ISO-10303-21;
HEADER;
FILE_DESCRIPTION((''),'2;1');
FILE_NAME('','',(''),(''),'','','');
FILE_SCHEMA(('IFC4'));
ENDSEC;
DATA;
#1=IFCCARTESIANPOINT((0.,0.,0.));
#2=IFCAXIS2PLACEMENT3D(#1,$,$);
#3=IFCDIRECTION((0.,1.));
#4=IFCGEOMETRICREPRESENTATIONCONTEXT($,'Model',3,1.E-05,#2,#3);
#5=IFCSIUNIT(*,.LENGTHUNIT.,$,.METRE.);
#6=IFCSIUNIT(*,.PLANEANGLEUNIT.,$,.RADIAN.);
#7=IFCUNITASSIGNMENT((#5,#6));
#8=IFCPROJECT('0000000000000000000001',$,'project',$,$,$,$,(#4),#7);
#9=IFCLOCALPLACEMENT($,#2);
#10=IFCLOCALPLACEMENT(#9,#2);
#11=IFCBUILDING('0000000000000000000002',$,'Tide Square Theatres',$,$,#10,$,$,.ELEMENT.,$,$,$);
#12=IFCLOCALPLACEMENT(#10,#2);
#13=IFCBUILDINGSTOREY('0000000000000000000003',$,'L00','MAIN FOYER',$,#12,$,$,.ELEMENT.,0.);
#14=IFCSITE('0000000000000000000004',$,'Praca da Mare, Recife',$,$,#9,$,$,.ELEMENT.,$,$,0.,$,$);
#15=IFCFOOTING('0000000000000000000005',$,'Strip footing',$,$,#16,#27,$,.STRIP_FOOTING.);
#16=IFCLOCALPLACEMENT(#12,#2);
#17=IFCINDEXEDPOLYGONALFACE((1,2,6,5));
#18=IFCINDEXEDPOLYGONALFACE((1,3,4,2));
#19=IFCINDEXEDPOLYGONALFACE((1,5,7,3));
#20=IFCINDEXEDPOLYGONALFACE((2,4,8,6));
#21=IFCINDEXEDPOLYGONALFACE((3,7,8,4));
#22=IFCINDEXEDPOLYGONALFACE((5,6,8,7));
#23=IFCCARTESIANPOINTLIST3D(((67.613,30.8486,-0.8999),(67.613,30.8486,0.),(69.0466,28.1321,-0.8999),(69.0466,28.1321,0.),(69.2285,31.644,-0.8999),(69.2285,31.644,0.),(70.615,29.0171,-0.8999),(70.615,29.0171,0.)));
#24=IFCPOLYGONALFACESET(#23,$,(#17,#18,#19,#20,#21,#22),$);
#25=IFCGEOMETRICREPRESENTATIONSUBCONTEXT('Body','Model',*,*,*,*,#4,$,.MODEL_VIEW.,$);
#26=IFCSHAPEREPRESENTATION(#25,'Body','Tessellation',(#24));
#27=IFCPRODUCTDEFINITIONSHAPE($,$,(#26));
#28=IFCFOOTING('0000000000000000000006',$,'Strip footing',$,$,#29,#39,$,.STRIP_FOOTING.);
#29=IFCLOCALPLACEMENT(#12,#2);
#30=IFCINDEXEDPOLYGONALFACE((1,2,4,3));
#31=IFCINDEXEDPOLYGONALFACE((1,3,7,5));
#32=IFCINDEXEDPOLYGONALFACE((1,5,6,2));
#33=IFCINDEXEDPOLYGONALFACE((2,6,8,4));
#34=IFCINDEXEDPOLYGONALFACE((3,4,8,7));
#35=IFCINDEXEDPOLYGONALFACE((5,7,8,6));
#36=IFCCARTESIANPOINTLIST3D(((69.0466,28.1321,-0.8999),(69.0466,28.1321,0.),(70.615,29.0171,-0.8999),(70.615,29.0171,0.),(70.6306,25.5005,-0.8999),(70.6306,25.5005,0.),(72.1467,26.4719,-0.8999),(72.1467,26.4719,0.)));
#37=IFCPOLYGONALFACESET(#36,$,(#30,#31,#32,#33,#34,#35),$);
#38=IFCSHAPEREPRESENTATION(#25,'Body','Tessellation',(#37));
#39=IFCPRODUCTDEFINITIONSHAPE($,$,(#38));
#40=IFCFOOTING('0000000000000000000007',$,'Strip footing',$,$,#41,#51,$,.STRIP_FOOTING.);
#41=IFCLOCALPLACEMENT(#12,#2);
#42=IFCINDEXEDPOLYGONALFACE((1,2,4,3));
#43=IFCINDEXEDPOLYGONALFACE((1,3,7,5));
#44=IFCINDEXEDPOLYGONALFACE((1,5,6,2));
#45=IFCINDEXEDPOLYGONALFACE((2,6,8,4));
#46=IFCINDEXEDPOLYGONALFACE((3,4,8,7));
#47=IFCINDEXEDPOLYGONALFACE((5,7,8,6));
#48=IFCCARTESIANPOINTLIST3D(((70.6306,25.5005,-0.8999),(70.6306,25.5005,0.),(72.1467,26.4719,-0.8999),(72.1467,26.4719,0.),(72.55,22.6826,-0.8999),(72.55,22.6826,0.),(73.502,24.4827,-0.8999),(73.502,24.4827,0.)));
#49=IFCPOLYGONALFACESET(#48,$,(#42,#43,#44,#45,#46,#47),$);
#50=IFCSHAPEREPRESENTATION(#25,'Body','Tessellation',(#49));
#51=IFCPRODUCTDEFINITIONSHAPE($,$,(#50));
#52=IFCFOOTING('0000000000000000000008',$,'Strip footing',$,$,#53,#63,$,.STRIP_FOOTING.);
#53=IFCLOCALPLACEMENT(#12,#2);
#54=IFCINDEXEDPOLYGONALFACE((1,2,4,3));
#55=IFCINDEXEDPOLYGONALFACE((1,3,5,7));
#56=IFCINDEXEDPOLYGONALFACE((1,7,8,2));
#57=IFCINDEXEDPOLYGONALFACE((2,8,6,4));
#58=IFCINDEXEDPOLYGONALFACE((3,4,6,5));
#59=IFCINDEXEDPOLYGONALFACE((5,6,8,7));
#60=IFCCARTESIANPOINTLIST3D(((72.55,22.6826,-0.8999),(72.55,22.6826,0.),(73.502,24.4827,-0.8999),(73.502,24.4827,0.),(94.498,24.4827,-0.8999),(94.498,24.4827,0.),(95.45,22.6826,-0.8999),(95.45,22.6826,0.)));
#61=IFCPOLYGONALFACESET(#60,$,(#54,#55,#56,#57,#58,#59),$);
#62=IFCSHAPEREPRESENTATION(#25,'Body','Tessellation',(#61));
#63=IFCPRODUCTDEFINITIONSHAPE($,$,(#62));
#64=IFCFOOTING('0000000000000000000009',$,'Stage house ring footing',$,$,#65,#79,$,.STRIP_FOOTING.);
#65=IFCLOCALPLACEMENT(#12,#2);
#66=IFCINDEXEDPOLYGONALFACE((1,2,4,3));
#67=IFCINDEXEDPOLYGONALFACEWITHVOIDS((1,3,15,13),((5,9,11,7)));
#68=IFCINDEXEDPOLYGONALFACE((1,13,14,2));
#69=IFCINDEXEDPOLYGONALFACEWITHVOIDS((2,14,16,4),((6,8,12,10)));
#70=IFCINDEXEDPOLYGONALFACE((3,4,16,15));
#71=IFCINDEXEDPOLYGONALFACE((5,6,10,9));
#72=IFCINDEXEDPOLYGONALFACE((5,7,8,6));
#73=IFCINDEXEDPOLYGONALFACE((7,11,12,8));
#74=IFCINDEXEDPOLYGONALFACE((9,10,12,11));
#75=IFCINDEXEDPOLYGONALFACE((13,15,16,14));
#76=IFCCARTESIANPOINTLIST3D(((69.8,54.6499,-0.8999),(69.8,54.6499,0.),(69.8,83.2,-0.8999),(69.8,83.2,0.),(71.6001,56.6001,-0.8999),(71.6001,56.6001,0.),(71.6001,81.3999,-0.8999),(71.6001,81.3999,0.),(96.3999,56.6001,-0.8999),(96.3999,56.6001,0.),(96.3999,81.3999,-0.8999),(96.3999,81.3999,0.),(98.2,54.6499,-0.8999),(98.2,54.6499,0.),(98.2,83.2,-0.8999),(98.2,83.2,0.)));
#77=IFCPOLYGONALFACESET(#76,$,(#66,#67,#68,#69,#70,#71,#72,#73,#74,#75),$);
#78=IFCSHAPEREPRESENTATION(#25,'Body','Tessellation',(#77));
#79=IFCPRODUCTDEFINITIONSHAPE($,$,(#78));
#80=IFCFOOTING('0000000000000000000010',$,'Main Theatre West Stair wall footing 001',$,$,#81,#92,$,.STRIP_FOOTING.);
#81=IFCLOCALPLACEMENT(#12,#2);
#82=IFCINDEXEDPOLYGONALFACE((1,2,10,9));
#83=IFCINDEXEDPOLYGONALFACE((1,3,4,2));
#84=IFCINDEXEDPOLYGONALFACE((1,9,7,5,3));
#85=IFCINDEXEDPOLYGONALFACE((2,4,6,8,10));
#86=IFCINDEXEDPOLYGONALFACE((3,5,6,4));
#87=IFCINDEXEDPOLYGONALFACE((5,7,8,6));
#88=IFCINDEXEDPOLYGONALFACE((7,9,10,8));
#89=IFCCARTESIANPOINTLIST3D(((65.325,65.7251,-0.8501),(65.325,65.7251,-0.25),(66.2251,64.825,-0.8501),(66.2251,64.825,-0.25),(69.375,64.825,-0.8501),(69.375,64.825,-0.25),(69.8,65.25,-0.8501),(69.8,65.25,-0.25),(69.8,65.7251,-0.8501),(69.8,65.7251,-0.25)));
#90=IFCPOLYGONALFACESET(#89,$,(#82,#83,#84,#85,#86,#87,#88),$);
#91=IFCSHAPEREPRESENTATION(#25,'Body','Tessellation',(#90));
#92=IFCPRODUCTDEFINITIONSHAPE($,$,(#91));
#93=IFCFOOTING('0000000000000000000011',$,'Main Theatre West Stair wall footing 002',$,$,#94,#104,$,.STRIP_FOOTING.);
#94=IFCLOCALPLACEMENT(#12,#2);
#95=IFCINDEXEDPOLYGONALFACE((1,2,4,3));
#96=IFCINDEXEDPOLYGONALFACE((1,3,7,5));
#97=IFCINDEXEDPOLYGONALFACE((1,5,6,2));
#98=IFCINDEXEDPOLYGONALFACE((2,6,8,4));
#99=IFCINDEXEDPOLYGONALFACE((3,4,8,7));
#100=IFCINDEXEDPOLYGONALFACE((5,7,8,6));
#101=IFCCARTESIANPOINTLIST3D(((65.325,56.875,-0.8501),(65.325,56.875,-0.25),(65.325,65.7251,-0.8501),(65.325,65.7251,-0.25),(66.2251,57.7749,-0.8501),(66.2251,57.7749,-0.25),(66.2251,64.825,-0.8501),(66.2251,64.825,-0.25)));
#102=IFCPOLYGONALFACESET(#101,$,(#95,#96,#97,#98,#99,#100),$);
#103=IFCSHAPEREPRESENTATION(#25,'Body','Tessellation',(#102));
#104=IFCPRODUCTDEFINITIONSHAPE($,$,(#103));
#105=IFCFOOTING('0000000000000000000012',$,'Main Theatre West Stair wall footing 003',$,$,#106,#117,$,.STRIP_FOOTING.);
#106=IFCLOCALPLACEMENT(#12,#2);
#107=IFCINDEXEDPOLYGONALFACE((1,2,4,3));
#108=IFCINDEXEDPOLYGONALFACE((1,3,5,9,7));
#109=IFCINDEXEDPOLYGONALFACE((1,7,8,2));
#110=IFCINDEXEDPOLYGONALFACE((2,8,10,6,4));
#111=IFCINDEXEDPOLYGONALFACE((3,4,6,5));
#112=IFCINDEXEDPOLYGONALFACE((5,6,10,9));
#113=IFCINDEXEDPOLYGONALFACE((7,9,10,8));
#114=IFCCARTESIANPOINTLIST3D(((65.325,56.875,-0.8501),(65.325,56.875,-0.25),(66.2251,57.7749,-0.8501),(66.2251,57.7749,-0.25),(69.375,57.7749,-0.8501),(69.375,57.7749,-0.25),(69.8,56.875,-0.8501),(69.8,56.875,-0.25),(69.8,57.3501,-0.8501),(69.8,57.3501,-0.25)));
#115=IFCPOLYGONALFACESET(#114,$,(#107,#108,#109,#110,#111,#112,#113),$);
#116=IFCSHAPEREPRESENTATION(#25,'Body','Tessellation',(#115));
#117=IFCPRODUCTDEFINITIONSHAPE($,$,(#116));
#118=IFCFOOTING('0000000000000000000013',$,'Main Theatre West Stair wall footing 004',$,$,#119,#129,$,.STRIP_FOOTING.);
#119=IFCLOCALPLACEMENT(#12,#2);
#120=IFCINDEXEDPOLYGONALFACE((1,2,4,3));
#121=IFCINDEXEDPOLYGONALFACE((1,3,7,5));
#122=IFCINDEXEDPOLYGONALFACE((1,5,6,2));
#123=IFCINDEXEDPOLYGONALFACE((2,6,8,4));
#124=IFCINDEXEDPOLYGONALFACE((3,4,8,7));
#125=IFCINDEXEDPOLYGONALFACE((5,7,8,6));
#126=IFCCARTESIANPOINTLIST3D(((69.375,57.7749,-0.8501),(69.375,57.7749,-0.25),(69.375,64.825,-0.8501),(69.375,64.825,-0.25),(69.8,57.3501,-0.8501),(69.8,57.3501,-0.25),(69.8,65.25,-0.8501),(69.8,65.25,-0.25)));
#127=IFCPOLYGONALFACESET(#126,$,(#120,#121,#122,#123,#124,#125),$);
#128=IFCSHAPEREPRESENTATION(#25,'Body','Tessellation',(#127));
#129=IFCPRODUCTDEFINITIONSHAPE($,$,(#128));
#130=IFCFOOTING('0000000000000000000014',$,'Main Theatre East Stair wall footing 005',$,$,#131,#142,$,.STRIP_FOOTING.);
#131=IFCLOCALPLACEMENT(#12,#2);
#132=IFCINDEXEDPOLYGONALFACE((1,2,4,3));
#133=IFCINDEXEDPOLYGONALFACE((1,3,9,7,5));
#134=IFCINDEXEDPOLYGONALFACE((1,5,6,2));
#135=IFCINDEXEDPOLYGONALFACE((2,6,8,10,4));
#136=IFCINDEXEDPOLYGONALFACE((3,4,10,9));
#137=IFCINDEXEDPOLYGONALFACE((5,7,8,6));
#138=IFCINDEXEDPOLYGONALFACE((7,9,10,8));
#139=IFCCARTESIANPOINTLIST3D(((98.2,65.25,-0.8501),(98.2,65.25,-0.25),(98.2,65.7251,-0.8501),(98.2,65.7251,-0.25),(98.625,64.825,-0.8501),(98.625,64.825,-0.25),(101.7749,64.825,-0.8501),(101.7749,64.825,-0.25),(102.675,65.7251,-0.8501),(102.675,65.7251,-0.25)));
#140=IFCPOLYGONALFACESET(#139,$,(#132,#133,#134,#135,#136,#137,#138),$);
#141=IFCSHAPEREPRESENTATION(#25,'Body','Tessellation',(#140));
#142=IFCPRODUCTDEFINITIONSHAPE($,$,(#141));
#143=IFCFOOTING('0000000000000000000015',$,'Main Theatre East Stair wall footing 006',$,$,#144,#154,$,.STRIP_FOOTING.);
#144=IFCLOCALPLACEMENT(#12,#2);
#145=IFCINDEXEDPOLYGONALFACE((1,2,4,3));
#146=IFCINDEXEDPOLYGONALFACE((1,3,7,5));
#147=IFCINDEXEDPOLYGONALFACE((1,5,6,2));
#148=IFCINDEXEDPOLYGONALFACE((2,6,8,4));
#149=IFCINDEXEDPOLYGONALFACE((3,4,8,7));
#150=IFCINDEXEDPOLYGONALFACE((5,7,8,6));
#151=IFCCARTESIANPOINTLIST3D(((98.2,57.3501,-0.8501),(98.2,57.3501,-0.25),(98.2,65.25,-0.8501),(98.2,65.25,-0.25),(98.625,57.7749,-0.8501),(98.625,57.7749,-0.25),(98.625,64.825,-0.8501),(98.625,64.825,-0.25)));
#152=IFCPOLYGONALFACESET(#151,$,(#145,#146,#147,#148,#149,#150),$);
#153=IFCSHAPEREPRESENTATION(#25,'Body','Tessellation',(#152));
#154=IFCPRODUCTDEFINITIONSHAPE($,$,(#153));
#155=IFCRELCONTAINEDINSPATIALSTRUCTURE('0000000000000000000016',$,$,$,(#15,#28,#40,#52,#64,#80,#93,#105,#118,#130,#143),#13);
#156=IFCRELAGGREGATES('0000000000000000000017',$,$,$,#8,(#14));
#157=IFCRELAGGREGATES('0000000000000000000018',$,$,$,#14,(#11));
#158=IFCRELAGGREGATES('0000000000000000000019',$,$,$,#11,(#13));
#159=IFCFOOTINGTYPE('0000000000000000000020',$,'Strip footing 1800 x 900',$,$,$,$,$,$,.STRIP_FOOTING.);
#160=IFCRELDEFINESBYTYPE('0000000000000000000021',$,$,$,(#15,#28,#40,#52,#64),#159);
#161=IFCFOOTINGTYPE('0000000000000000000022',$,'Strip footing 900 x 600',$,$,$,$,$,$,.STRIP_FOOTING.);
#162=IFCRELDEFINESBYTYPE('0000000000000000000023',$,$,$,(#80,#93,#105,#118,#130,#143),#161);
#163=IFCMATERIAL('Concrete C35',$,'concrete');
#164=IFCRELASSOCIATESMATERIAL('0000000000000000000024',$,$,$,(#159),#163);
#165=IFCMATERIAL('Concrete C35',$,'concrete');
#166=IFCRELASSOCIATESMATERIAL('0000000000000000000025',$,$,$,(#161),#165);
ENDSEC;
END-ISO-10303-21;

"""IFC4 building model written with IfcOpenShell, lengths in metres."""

from ifc_helpers import new_model, si_unit, direction, frame, origin, place, context, subcontext, project, spatial, polyline, outline, extrude, material, type_object, element, save


model = new_model("IFC4")

# Units and contexts
model_context = context("Model", 3, precision=1e-05, world=origin(), true_north=direction((0.0, 1.0)))
body_context = subcontext(model_context, "Body", "Model", "MODEL_VIEW")
ifc_project = project(units=[si_unit("LENGTHUNIT", "METRE"), si_unit("PLANEANGLEUNIT", "RADIAN")], contexts=[model_context])

# Site, building, storey
site_placement = place(None, origin())
site = spatial("IfcSite", under=ifc_project, at=site_placement, Name="Praca da Mare, Recife", CompositionType="ELEMENT", RefElevation=0.0)
building_placement = place(site_placement, origin())
building = spatial("IfcBuilding", under=site, at=building_placement, Name="Tide Square Theatres", CompositionType="ELEMENT")
storey_placement = place(building_placement, origin())
storey = spatial("IfcBuildingStorey", under=building, at=storey_placement, Name="L00", Description="MAIN FOYER", CompositionType="ELEMENT", Elevation=0.0)

# Footings
ifc_material_1 = material(Name="Concrete C35", Category="concrete")
footing_type_1 = type_object("IfcFootingType", Name="Strip footing 1800 x 900", PredefinedType="STRIP_FOOTING", material=ifc_material_1)
footing_1_placement = place(storey_placement, frame((0.0, 0.0, -0.8999)))
element("IfcFooting", 1, at=footing_1_placement, inside=storey, type_object=footing_type_1, Name="Strip footing", PredefinedType="STRIP_FOOTING", context=body_context, shape_type="SweptSolid", body=[
    extrude(outline(polyline([(67.613, 30.8486), (69.0466, 28.1321), (70.615, 29.0171), (69.2285, 31.644), (67.613, 30.8486)])), origin(), (0.0, 0.0, 1.0), 0.8999),
])
footing_2_placement = place(storey_placement, frame((0.0, 0.0, -0.8999)))
element("IfcFooting", 2, at=footing_2_placement, inside=storey, type_object=footing_type_1, Name="Strip footing", PredefinedType="STRIP_FOOTING", context=body_context, shape_type="SweptSolid", body=[
    extrude(outline(polyline([(69.0466, 28.1321), (70.6306, 25.5005), (72.1467, 26.4719), (70.615, 29.0171), (69.0466, 28.1321)])), origin(), (0.0, 0.0, 1.0), 0.8999),
])
footing_3_placement = place(storey_placement, frame((0.0, 0.0, -0.8999)))
element("IfcFooting", 3, at=footing_3_placement, inside=storey, type_object=footing_type_1, Name="Strip footing", PredefinedType="STRIP_FOOTING", context=body_context, shape_type="SweptSolid", body=[
    extrude(outline(polyline([(70.6306, 25.5005), (72.55, 22.6826), (73.502, 24.4827), (72.1467, 26.4719), (70.6306, 25.5005)])), origin(), (0.0, 0.0, 1.0), 0.8999),
])
footing_4_placement = place(storey_placement, frame((0.0, 0.0, -0.8999)))
element("IfcFooting", 4, at=footing_4_placement, inside=storey, type_object=footing_type_1, Name="Strip footing", PredefinedType="STRIP_FOOTING", context=body_context, shape_type="SweptSolid", body=[
    extrude(outline(polyline([(72.55, 22.6826), (95.45, 22.6826), (94.498, 24.4827), (73.502, 24.4827), (72.55, 22.6826)])), origin(), (0.0, 0.0, 1.0), 0.8999),
])
footing_5_placement = place(storey_placement, frame((0.0, 0.0, -0.8999)))
element("IfcFooting", 5, at=footing_5_placement, inside=storey, type_object=footing_type_1, Name="Stage house ring footing", PredefinedType="STRIP_FOOTING", context=body_context, shape_type="SweptSolid", body=[
    extrude(outline(polyline([(98.2, 54.6499), (98.2, 83.2), (69.8, 83.2), (69.8, 54.6499), (98.2, 54.6499)]), holes=[polyline([(96.3999, 56.6001), (96.3999, 81.3999), (71.6001, 81.3999), (71.6001, 56.6001), (96.3999, 56.6001)])]), origin(), (0.0, 0.0, 1.0), 0.8999),
])
ifc_material_2 = material(Name="Concrete C35", Category="concrete")
footing_type_2 = type_object("IfcFootingType", Name="Strip footing 900 x 600", PredefinedType="STRIP_FOOTING", material=ifc_material_2)
footing_6_placement = place(storey_placement, frame((0.0, 0.0, -0.8501)))
element("IfcFooting", 6, at=footing_6_placement, inside=storey, type_object=footing_type_2, Name="Main Theatre West Stair wall footing 001", PredefinedType="STRIP_FOOTING", context=body_context, shape_type="SweptSolid", body=[
    extrude(outline(polyline([(69.375, 64.825), (66.2251, 64.825), (65.325, 65.7251), (69.8, 65.7251), (69.8, 65.25), (69.375, 64.825)])), origin(), (0.0, 0.0, 1.0), 0.6001),
])
footing_7_placement = place(storey_placement, frame((0.0, 0.0, -0.8501)))
element("IfcFooting", 7, at=footing_7_placement, inside=storey, type_object=footing_type_2, Name="Main Theatre West Stair wall footing 002", PredefinedType="STRIP_FOOTING", context=body_context, shape_type="SweptSolid", body=[
    extrude(outline(polyline([(65.325, 65.7251), (65.325, 56.875), (66.2251, 57.7749), (66.2251, 64.825), (65.325, 65.7251)])), origin(), (0.0, 0.0, 1.0), 0.6001),
])
footing_8_placement = place(storey_placement, frame((0.0, 0.0, -0.8501)))
element("IfcFooting", 8, at=footing_8_placement, inside=storey, type_object=footing_type_2, Name="Main Theatre West Stair wall footing 003", PredefinedType="STRIP_FOOTING", context=body_context, shape_type="SweptSolid", body=[
    extrude(outline(polyline([(65.325, 56.875), (66.2251, 57.7749), (69.375, 57.7749), (69.8, 57.3501), (69.8, 56.875), (65.325, 56.875)])), origin(), (0.0, 0.0, 1.0), 0.6001),
])
footing_9_placement = place(storey_placement, frame((0.0, 0.0, -0.8501)))
element("IfcFooting", 9, at=footing_9_placement, inside=storey, type_object=footing_type_2, Name="Main Theatre West Stair wall footing 004", PredefinedType="STRIP_FOOTING", context=body_context, shape_type="SweptSolid", body=[
    extrude(outline(polyline([(69.375, 57.7749), (69.375, 64.825), (69.8, 65.25), (69.8, 57.3501), (69.375, 57.7749)])), origin(), (0.0, 0.0, 1.0), 0.6001),
])
footing_10_placement = place(storey_placement, frame((0.0, 0.0, -0.8501)))
element("IfcFooting", 10, at=footing_10_placement, inside=storey, type_object=footing_type_2, Name="Main Theatre East Stair wall footing 005", PredefinedType="STRIP_FOOTING", context=body_context, shape_type="SweptSolid", body=[
    extrude(outline(polyline([(102.675, 65.7251), (101.7749, 64.825), (98.625, 64.825), (98.2, 65.25), (98.2, 65.7251), (102.675, 65.7251)])), origin(), (0.0, 0.0, 1.0), 0.6001),
])
footing_11_placement = place(storey_placement, frame((0.0, 0.0, -0.8501)))
element("IfcFooting", 11, at=footing_11_placement, inside=storey, type_object=footing_type_2, Name="Main Theatre East Stair wall footing 006", PredefinedType="STRIP_FOOTING", context=body_context, shape_type="SweptSolid", body=[
    extrude(outline(polyline([(98.625, 64.825), (98.625, 57.7749), (98.2, 57.3501), (98.2, 65.25), (98.625, 64.825)])), origin(), (0.0, 0.0, 1.0), 0.6001),
])

save(model, "model.ifc")
